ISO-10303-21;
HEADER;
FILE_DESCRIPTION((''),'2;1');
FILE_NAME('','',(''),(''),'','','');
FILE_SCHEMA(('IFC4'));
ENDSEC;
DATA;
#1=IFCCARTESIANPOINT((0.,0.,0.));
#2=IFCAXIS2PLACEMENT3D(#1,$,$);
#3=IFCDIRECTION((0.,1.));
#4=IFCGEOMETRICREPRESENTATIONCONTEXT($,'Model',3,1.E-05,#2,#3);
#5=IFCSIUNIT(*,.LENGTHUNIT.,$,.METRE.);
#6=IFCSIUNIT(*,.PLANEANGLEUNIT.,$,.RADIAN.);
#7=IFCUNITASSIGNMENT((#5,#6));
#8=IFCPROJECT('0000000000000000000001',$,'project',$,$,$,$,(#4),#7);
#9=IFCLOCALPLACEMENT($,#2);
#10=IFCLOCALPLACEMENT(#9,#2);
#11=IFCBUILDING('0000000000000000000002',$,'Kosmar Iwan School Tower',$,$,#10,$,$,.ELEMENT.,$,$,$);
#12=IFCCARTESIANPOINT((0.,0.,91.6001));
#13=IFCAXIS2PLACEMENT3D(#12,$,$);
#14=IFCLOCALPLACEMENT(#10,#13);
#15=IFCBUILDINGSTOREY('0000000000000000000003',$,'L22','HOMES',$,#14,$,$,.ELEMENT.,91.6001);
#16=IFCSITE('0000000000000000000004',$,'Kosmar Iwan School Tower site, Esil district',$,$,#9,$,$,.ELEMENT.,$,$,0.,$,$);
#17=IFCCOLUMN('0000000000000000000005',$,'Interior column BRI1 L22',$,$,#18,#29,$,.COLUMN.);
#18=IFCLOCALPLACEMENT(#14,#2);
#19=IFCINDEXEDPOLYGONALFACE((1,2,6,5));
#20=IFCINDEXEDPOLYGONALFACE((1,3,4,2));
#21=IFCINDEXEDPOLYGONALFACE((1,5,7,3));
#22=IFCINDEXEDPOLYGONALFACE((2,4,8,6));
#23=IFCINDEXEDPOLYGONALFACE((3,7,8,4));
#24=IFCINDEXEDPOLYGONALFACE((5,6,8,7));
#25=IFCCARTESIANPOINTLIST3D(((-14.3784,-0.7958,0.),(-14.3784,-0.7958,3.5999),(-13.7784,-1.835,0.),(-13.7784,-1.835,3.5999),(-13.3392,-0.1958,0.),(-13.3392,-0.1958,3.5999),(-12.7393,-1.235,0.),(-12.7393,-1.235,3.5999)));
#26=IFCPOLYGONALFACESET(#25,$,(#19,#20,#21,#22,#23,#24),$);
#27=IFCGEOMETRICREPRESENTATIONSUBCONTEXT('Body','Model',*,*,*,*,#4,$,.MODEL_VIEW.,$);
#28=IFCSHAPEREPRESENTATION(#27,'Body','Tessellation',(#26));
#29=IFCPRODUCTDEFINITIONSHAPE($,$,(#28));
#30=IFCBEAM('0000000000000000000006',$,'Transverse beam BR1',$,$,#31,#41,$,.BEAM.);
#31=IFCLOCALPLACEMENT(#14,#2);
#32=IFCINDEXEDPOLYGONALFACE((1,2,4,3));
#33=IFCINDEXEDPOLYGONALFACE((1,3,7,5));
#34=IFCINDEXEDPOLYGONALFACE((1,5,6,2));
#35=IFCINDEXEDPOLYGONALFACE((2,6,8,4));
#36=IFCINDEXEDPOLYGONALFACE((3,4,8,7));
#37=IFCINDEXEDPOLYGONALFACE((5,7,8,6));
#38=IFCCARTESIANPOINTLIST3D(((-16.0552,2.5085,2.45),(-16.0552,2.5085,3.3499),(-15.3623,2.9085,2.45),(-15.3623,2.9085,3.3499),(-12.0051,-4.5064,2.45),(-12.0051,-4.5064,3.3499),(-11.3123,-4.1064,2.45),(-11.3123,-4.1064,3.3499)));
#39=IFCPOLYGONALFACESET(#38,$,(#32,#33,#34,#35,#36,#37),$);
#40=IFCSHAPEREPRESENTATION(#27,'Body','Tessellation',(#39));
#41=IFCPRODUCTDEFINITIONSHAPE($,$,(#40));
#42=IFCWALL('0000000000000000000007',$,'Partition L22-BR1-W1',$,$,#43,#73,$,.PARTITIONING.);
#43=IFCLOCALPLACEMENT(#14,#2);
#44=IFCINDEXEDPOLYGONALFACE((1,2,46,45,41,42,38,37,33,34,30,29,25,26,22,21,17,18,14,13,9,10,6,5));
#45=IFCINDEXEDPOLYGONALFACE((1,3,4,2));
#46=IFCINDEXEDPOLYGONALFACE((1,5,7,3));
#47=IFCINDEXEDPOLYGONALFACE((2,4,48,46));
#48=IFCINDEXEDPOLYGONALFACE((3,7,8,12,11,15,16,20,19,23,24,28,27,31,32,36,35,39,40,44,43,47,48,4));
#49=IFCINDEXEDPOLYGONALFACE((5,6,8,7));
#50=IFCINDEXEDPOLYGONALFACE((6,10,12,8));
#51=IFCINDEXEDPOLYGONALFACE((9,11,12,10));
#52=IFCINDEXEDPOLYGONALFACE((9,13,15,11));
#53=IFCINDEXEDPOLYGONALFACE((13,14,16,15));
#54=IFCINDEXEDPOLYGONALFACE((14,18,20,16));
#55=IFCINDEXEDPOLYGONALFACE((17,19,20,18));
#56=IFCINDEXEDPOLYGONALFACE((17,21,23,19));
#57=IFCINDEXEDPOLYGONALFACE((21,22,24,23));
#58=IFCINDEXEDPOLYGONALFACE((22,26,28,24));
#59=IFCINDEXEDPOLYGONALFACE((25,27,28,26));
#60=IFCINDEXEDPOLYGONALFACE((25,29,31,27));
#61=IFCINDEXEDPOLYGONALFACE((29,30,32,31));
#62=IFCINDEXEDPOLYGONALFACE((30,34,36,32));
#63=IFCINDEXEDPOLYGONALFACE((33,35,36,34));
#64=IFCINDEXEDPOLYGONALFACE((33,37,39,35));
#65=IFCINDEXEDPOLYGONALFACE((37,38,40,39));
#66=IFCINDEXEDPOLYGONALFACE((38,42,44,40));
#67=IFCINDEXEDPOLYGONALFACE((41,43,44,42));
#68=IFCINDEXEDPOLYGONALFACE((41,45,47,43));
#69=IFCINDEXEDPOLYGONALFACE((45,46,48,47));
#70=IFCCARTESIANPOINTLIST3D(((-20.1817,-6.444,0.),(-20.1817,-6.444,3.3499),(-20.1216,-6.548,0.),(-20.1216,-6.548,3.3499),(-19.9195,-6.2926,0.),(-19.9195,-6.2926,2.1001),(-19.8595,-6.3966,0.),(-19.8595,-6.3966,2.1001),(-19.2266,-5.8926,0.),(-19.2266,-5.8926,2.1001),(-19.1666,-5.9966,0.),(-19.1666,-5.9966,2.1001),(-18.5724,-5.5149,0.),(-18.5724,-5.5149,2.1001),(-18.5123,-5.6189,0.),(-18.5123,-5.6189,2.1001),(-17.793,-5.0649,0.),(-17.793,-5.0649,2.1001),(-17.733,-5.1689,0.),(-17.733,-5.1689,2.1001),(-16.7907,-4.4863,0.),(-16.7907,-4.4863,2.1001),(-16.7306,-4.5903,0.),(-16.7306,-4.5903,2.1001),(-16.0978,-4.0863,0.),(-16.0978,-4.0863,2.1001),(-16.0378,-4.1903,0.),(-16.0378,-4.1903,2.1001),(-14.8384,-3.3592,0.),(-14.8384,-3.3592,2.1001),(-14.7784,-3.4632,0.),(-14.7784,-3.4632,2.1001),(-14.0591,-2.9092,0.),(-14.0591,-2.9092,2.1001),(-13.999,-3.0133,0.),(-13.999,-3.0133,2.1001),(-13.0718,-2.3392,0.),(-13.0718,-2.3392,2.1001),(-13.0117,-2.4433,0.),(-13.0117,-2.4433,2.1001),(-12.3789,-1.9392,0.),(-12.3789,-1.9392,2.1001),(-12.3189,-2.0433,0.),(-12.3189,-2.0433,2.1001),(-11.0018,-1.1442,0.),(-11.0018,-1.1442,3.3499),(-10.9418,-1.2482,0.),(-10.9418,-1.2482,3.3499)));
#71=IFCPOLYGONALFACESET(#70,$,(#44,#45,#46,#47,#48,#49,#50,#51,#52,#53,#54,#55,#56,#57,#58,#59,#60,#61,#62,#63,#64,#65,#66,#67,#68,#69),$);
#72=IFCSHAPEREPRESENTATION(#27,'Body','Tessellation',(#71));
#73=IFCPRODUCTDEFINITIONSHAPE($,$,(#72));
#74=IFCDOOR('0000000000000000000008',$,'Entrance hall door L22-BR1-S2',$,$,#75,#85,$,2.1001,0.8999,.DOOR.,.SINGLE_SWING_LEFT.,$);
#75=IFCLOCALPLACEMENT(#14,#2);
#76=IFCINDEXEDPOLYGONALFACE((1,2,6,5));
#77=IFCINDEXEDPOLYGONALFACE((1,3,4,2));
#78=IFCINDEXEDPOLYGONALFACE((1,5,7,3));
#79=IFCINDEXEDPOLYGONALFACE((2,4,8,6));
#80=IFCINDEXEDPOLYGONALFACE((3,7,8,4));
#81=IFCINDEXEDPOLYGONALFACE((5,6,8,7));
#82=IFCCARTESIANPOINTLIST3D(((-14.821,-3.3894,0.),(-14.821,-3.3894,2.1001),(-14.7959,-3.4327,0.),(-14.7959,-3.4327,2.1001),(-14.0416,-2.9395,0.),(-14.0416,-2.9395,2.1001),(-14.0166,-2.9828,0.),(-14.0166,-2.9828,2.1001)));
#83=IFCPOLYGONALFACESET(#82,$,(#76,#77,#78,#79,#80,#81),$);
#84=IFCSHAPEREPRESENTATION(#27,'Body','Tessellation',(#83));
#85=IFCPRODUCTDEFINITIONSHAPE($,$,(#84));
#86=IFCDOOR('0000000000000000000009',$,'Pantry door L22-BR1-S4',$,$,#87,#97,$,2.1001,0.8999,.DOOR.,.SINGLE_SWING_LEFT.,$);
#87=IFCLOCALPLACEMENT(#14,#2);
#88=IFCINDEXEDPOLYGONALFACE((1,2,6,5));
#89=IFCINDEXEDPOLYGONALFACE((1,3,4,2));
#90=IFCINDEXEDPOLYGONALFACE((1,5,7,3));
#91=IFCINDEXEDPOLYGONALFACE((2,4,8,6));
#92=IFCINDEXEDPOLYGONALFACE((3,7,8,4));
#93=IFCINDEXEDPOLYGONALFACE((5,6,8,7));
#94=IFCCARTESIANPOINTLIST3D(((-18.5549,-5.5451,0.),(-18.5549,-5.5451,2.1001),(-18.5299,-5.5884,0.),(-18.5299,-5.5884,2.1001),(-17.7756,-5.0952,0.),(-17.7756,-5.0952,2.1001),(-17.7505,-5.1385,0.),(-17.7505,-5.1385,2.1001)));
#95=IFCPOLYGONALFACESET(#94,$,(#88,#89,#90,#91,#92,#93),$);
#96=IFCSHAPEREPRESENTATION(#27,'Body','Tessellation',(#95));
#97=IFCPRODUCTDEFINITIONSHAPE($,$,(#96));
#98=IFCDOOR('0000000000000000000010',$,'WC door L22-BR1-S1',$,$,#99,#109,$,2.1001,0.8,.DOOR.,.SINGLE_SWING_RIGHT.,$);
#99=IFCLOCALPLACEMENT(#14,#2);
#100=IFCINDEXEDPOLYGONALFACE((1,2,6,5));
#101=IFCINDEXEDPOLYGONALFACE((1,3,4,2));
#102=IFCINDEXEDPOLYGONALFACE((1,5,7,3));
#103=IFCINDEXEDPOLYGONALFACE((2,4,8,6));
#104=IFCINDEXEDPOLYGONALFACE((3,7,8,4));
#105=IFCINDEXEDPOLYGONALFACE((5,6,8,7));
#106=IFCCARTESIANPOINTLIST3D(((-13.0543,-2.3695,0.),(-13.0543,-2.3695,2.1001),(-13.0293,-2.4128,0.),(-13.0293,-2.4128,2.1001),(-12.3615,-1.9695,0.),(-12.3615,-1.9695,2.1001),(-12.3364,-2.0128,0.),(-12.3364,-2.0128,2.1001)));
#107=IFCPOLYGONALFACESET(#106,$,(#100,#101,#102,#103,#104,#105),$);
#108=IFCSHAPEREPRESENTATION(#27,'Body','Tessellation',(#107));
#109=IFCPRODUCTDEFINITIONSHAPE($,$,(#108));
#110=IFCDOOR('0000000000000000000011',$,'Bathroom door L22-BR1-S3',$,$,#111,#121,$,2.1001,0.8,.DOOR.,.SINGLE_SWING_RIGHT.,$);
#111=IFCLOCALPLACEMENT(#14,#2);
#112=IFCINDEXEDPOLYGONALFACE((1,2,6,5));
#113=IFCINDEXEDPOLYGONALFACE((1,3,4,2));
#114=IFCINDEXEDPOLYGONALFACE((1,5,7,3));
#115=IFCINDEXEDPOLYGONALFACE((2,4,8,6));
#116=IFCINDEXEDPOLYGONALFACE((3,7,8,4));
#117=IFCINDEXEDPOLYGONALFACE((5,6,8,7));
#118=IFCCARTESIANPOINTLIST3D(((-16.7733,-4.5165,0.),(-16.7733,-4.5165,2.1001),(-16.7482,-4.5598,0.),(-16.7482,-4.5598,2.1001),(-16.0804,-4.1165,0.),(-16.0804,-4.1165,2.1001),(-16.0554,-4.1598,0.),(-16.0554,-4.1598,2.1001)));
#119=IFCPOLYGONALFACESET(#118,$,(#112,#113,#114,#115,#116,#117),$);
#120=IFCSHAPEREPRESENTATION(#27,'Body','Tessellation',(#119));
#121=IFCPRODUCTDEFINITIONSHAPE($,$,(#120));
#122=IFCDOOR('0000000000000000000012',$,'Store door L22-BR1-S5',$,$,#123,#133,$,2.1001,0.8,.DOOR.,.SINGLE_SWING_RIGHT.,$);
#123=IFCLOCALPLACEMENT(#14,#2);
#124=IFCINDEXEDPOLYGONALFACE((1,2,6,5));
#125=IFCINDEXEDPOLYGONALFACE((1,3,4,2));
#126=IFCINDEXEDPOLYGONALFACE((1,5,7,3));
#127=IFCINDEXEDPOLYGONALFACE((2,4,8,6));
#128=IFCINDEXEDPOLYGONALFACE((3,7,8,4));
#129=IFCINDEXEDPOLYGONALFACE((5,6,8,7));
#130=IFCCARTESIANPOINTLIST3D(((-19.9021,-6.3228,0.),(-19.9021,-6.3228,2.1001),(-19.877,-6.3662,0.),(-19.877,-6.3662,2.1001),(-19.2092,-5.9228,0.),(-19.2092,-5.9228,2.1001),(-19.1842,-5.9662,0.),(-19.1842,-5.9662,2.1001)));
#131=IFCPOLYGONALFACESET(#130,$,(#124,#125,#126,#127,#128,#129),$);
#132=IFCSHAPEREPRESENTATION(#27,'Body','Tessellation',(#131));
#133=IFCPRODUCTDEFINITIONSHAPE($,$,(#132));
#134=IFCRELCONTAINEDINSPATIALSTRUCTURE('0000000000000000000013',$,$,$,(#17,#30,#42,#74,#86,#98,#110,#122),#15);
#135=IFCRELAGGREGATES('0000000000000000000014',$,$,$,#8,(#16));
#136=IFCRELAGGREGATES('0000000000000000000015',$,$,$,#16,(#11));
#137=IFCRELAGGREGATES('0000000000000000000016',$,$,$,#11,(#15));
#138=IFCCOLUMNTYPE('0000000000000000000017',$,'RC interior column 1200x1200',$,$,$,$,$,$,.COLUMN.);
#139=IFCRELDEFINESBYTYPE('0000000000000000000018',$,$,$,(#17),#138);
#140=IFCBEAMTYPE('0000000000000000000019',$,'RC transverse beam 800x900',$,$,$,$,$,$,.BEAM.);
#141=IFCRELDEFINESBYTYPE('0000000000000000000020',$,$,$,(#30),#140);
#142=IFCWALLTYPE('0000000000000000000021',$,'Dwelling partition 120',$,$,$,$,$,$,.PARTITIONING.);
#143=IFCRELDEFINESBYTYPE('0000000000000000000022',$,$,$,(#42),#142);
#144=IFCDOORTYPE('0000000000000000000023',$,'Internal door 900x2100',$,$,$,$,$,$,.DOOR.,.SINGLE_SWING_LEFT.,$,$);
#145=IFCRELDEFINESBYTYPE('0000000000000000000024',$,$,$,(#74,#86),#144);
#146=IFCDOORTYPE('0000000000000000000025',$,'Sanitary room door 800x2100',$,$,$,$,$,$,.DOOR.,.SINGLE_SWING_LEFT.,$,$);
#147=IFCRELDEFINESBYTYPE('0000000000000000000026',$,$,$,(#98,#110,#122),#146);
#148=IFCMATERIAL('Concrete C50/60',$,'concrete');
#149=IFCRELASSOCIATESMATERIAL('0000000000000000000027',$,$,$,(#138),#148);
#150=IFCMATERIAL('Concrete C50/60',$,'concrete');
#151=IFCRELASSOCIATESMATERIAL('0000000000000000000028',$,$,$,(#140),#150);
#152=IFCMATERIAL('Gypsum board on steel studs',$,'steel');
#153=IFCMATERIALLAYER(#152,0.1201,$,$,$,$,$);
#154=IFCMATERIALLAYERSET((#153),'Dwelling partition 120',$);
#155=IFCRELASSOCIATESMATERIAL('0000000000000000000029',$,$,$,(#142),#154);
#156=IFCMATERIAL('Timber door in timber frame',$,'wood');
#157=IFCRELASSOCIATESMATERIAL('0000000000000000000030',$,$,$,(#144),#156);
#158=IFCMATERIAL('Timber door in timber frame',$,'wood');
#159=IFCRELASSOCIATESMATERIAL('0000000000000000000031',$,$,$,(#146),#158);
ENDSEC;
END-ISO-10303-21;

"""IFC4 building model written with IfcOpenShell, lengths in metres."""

from ifc_helpers import new_model, si_unit, direction, frame, frame_2d, origin, origin_2d, place, context, subcontext, project, spatial, rectangle, extrude, material, layer, layer_set, material_profile, profile_set, type_object, element, fill, save


model = new_model("IFC4")

# Units and contexts
model_context = context("Model", 3, precision=1e-05, world=origin(), true_north=direction((0.0, 1.0)))
body_context = subcontext(model_context, "Body", "Model", "MODEL_VIEW")
ifc_project = project(units=[si_unit("LENGTHUNIT", "METRE"), si_unit("PLANEANGLEUNIT", "RADIAN")], contexts=[model_context])

# Site, building, storey
site_placement = place(None, origin())
site = spatial("IfcSite", under=ifc_project, at=site_placement, Name="Kosmar Iwan School Tower site, Esil district", CompositionType="ELEMENT", RefElevation=0.0)
building_placement = place(site_placement, origin())
building = spatial("IfcBuilding", under=site, at=building_placement, Name="Kosmar Iwan School Tower", CompositionType="ELEMENT")
storey_placement = place(building_placement, frame((0.0, 0.0, 91.6001)))
storey = spatial("IfcBuildingStorey", under=building, at=storey_placement, Name="L22", Description="HOMES", CompositionType="ELEMENT", Elevation=91.6001)

# Column
ifc_material_1 = material(Name="Concrete C50/60", Category="concrete")
ifc_material_profile_1 = material_profile(ifc_material_1, rectangle(XDim=1.2, YDim=1.2, at=origin_2d()), Name="RC 1200x1200")
ifc_profile_set_1 = profile_set([ifc_material_profile_1], Name="Concrete C50/60")
column_type = type_object("IfcColumnType", Name="RC interior column 1200x1200", PredefinedType="COLUMN", material=ifc_profile_set_1)
column_placement = place(storey_placement, frame((-13.5588, -1.0154, 0.0), z_axis=(0.0, 0.0, 1.0), x_axis=(-0.866025, -0.5, 0.0)))
element("IfcColumn", 1, at=column_placement, inside=storey, type_object=column_type, Name="Interior column BRI1 L22", PredefinedType="COLUMN", context=body_context, shape_type="SweptSolid", body=[
    extrude(rectangle(XDim=1.2, YDim=1.2, at=origin_2d()), origin(), (0.0, 0.0, 1.0), 3.5999),
])

# Beam
ifc_material_2 = material(Name="Concrete C50/60", Category="concrete")
ifc_material_profile_2 = material_profile(ifc_material_2, rectangle(XDim=0.8, YDim=0.8999, at=origin_2d()), Name="RC 800x900")
ifc_profile_set_2 = profile_set([ifc_material_profile_2], Name="Concrete C50/60")
beam_type = type_object("IfcBeamType", Name="RC transverse beam 800x900", PredefinedType="BEAM", material=ifc_profile_set_2)
beam_placement = place(storey_placement, frame((-15.7087, 2.7085, 2.8999), z_axis=(0.5, -0.866025, 0.0), x_axis=(0.866025, 0.5, 0.0)))
element("IfcBeam", 2, at=beam_placement, inside=storey, type_object=beam_type, Name="Transverse beam BR1", PredefinedType="BEAM", context=body_context, shape_type="SweptSolid", body=[
    extrude(rectangle(XDim=0.8, YDim=0.8999, at=origin_2d()), origin(), (0.0, 0.0, 1.0), 8.1001),
])

# Wall, openings, doors
ifc_material_3 = material(Name="Gypsum board on steel studs", Category="steel")
ifc_layer = layer(ifc_material_3, 0.1201)
ifc_layer_set = layer_set([ifc_layer], Name="Dwelling partition 120")
wall_type = type_object("IfcWallType", Name="Dwelling partition 120", PredefinedType="PARTITIONING", material=ifc_layer_set)
wall_1_placement = place(storey_placement, frame((-10.9719, -1.1963, 0.0), z_axis=(0.0, 0.0, 1.0), x_axis=(-0.866035, -0.499984, 0.0)))
wall_1 = element("IfcWall", 3, at=wall_1_placement, inside=storey, type_object=wall_type, Name="Partition L22-BR1-W1", PredefinedType="PARTITIONING", context=body_context, shape_type="SweptSolid", body=[
    extrude(rectangle(XDim=10.5999, YDim=0.1201, at=frame_2d((5.2998, 0.0))), origin(), (0.0, 0.0, 1.0), 3.3499),
])
opening_1_placement = place(wall_1_placement, frame((1.5901, 0.0, 0.0)))
opening_1 = element("IfcOpeningElement", 4, at=opening_1_placement, cuts=wall_1, PredefinedType="OPENING", context=body_context, shape_type="SweptSolid", body=[
    extrude(rectangle(XDim=0.8, YDim=2.1001, at=frame_2d((0.3999, 1.05))), frame((0.0, 0.072, 0.0), z_axis=(0.0, -1.0, 0.0), x_axis=(1.0, 0.0, 0.0)), (0.0, 0.0, 1.0), 0.144),
])
opening_2_placement = place(wall_1_placement, frame((3.53, 0.0, 0.0)))
opening_2 = element("IfcOpeningElement", 5, at=opening_2_placement, cuts=wall_1, PredefinedType="OPENING", context=body_context, shape_type="SweptSolid", body=[
    extrude(rectangle(XDim=0.8999, YDim=2.1001, at=frame_2d((0.45, 1.05))), frame((0.0, 0.072, 0.0), z_axis=(0.0, -1.0, 0.0), x_axis=(1.0, 0.0, 0.0)), (0.0, 0.0, 1.0), 0.144),
])
opening_3_placement = place(wall_1_placement, frame((5.8843, 0.0, 0.0)))
opening_3 = element("IfcOpeningElement", 6, at=opening_3_placement, cuts=wall_1, PredefinedType="OPENING", context=body_context, shape_type="SweptSolid", body=[
    extrude(rectangle(XDim=0.8, YDim=2.1001, at=frame_2d((0.3999, 1.05))), frame((0.0, 0.072, 0.0), z_axis=(0.0, -1.0, 0.0), x_axis=(1.0, 0.0, 0.0)), (0.0, 0.0, 1.0), 0.144),
])
opening_4_placement = place(wall_1_placement, frame((7.8416, 0.0, 0.0)))
opening_4 = element("IfcOpeningElement", 7, at=opening_4_placement, cuts=wall_1, PredefinedType="OPENING", context=body_context, shape_type="SweptSolid", body=[
    extrude(rectangle(XDim=0.8999, YDim=2.1001, at=frame_2d((0.45, 1.05))), frame((0.0, 0.072, 0.0), z_axis=(0.0, -1.0, 0.0), x_axis=(1.0, 0.0, 0.0)), (0.0, 0.0, 1.0), 0.144),
])
opening_5_placement = place(wall_1_placement, frame((9.4971, 0.0, 0.0)))
opening_5 = element("IfcOpeningElement", 8, at=opening_5_placement, cuts=wall_1, PredefinedType="OPENING", context=body_context, shape_type="SweptSolid", body=[
    extrude(rectangle(XDim=0.8, YDim=2.1001, at=frame_2d((0.3999, 1.05))), frame((0.0, 0.072, 0.0), z_axis=(0.0, -1.0, 0.0), x_axis=(1.0, 0.0, 0.0)), (0.0, 0.0, 1.0), 0.144),
])
ifc_material_4 = material(Name="Timber door in timber frame", Category="wood")
door_type_1 = type_object("IfcDoorType", Name="Internal door 900x2100", OperationType="SINGLE_SWING_LEFT", PredefinedType="DOOR", material=ifc_material_4)
door_1_placement = place(opening_2_placement, origin())
door_1 = element("IfcDoor", 9, at=door_1_placement, inside=storey, type_object=door_type_1, Name="Entrance hall door L22-BR1-S2", OperationType="SINGLE_SWING_LEFT", OverallHeight=2.1001, OverallWidth=0.8999, PredefinedType="DOOR", context=body_context, shape_type="SweptSolid", body=[
    extrude(rectangle(XDim=0.8999, YDim=2.1001, at=frame_2d((0.45, 1.05))), frame((0.0, 0.0249, 0.0), z_axis=(0.0, -1.0, 0.0), x_axis=(1.0, 0.0, 0.0)), (0.0, 0.0, 1.0), 0.05),
])
fill(opening_2, door_1)
door_2_placement = place(opening_4_placement, origin())
door_2 = element("IfcDoor", 10, at=door_2_placement, inside=storey, type_object=door_type_1, Name="Pantry door L22-BR1-S4", OperationType="SINGLE_SWING_LEFT", OverallHeight=2.1001, OverallWidth=0.8999, PredefinedType="DOOR", context=body_context, shape_type="SweptSolid", body=[
    extrude(rectangle(XDim=0.8999, YDim=2.1001, at=frame_2d((0.45, 1.05))), frame((0.0, 0.0249, 0.0), z_axis=(0.0, -1.0, 0.0), x_axis=(1.0, 0.0, 0.0)), (0.0, 0.0, 1.0), 0.05),
])
fill(opening_4, door_2)
ifc_material_5 = material(Name="Timber door in timber frame", Category="wood")
door_type_2 = type_object("IfcDoorType", Name="Sanitary room door 800x2100", OperationType="SINGLE_SWING_LEFT", PredefinedType="DOOR", material=ifc_material_5)
door_3_placement = place(opening_1_placement, origin())
door_3 = element("IfcDoor", 11, at=door_3_placement, inside=storey, type_object=door_type_2, Name="WC door L22-BR1-S1", OperationType="SINGLE_SWING_RIGHT", OverallHeight=2.1001, OverallWidth=0.8, PredefinedType="DOOR", context=body_context, shape_type="SweptSolid", body=[
    extrude(rectangle(XDim=0.8, YDim=2.1001, at=frame_2d((0.3999, 1.05))), frame((0.0, 0.0249, 0.0), z_axis=(0.0, -1.0, 0.0), x_axis=(1.0, 0.0, 0.0)), (0.0, 0.0, 1.0), 0.05),
])
fill(opening_1, door_3)
door_4_placement = place(opening_3_placement, origin())
door_4 = element("IfcDoor", 12, at=door_4_placement, inside=storey, type_object=door_type_2, Name="Bathroom door L22-BR1-S3", OperationType="SINGLE_SWING_RIGHT", OverallHeight=2.1001, OverallWidth=0.8, PredefinedType="DOOR", context=body_context, shape_type="SweptSolid", body=[
    extrude(rectangle(XDim=0.8, YDim=2.1001, at=frame_2d((0.3999, 1.05))), frame((0.0, 0.0249, 0.0), z_axis=(0.0, -1.0, 0.0), x_axis=(1.0, 0.0, 0.0)), (0.0, 0.0, 1.0), 0.05),
])
fill(opening_3, door_4)
door_5_placement = place(opening_5_placement, origin())
door_5 = element("IfcDoor", 13, at=door_5_placement, inside=storey, type_object=door_type_2, Name="Store door L22-BR1-S5", OperationType="SINGLE_SWING_RIGHT", OverallHeight=2.1001, OverallWidth=0.8, PredefinedType="DOOR", context=body_context, shape_type="SweptSolid", body=[
    extrude(rectangle(XDim=0.8, YDim=2.1001, at=frame_2d((0.3999, 1.05))), frame((0.0, 0.0249, 0.0), z_axis=(0.0, -1.0, 0.0), x_axis=(1.0, 0.0, 0.0)), (0.0, 0.0, 1.0), 0.05),
])
fill(opening_5, door_5)

save(model, "model.ifc")
